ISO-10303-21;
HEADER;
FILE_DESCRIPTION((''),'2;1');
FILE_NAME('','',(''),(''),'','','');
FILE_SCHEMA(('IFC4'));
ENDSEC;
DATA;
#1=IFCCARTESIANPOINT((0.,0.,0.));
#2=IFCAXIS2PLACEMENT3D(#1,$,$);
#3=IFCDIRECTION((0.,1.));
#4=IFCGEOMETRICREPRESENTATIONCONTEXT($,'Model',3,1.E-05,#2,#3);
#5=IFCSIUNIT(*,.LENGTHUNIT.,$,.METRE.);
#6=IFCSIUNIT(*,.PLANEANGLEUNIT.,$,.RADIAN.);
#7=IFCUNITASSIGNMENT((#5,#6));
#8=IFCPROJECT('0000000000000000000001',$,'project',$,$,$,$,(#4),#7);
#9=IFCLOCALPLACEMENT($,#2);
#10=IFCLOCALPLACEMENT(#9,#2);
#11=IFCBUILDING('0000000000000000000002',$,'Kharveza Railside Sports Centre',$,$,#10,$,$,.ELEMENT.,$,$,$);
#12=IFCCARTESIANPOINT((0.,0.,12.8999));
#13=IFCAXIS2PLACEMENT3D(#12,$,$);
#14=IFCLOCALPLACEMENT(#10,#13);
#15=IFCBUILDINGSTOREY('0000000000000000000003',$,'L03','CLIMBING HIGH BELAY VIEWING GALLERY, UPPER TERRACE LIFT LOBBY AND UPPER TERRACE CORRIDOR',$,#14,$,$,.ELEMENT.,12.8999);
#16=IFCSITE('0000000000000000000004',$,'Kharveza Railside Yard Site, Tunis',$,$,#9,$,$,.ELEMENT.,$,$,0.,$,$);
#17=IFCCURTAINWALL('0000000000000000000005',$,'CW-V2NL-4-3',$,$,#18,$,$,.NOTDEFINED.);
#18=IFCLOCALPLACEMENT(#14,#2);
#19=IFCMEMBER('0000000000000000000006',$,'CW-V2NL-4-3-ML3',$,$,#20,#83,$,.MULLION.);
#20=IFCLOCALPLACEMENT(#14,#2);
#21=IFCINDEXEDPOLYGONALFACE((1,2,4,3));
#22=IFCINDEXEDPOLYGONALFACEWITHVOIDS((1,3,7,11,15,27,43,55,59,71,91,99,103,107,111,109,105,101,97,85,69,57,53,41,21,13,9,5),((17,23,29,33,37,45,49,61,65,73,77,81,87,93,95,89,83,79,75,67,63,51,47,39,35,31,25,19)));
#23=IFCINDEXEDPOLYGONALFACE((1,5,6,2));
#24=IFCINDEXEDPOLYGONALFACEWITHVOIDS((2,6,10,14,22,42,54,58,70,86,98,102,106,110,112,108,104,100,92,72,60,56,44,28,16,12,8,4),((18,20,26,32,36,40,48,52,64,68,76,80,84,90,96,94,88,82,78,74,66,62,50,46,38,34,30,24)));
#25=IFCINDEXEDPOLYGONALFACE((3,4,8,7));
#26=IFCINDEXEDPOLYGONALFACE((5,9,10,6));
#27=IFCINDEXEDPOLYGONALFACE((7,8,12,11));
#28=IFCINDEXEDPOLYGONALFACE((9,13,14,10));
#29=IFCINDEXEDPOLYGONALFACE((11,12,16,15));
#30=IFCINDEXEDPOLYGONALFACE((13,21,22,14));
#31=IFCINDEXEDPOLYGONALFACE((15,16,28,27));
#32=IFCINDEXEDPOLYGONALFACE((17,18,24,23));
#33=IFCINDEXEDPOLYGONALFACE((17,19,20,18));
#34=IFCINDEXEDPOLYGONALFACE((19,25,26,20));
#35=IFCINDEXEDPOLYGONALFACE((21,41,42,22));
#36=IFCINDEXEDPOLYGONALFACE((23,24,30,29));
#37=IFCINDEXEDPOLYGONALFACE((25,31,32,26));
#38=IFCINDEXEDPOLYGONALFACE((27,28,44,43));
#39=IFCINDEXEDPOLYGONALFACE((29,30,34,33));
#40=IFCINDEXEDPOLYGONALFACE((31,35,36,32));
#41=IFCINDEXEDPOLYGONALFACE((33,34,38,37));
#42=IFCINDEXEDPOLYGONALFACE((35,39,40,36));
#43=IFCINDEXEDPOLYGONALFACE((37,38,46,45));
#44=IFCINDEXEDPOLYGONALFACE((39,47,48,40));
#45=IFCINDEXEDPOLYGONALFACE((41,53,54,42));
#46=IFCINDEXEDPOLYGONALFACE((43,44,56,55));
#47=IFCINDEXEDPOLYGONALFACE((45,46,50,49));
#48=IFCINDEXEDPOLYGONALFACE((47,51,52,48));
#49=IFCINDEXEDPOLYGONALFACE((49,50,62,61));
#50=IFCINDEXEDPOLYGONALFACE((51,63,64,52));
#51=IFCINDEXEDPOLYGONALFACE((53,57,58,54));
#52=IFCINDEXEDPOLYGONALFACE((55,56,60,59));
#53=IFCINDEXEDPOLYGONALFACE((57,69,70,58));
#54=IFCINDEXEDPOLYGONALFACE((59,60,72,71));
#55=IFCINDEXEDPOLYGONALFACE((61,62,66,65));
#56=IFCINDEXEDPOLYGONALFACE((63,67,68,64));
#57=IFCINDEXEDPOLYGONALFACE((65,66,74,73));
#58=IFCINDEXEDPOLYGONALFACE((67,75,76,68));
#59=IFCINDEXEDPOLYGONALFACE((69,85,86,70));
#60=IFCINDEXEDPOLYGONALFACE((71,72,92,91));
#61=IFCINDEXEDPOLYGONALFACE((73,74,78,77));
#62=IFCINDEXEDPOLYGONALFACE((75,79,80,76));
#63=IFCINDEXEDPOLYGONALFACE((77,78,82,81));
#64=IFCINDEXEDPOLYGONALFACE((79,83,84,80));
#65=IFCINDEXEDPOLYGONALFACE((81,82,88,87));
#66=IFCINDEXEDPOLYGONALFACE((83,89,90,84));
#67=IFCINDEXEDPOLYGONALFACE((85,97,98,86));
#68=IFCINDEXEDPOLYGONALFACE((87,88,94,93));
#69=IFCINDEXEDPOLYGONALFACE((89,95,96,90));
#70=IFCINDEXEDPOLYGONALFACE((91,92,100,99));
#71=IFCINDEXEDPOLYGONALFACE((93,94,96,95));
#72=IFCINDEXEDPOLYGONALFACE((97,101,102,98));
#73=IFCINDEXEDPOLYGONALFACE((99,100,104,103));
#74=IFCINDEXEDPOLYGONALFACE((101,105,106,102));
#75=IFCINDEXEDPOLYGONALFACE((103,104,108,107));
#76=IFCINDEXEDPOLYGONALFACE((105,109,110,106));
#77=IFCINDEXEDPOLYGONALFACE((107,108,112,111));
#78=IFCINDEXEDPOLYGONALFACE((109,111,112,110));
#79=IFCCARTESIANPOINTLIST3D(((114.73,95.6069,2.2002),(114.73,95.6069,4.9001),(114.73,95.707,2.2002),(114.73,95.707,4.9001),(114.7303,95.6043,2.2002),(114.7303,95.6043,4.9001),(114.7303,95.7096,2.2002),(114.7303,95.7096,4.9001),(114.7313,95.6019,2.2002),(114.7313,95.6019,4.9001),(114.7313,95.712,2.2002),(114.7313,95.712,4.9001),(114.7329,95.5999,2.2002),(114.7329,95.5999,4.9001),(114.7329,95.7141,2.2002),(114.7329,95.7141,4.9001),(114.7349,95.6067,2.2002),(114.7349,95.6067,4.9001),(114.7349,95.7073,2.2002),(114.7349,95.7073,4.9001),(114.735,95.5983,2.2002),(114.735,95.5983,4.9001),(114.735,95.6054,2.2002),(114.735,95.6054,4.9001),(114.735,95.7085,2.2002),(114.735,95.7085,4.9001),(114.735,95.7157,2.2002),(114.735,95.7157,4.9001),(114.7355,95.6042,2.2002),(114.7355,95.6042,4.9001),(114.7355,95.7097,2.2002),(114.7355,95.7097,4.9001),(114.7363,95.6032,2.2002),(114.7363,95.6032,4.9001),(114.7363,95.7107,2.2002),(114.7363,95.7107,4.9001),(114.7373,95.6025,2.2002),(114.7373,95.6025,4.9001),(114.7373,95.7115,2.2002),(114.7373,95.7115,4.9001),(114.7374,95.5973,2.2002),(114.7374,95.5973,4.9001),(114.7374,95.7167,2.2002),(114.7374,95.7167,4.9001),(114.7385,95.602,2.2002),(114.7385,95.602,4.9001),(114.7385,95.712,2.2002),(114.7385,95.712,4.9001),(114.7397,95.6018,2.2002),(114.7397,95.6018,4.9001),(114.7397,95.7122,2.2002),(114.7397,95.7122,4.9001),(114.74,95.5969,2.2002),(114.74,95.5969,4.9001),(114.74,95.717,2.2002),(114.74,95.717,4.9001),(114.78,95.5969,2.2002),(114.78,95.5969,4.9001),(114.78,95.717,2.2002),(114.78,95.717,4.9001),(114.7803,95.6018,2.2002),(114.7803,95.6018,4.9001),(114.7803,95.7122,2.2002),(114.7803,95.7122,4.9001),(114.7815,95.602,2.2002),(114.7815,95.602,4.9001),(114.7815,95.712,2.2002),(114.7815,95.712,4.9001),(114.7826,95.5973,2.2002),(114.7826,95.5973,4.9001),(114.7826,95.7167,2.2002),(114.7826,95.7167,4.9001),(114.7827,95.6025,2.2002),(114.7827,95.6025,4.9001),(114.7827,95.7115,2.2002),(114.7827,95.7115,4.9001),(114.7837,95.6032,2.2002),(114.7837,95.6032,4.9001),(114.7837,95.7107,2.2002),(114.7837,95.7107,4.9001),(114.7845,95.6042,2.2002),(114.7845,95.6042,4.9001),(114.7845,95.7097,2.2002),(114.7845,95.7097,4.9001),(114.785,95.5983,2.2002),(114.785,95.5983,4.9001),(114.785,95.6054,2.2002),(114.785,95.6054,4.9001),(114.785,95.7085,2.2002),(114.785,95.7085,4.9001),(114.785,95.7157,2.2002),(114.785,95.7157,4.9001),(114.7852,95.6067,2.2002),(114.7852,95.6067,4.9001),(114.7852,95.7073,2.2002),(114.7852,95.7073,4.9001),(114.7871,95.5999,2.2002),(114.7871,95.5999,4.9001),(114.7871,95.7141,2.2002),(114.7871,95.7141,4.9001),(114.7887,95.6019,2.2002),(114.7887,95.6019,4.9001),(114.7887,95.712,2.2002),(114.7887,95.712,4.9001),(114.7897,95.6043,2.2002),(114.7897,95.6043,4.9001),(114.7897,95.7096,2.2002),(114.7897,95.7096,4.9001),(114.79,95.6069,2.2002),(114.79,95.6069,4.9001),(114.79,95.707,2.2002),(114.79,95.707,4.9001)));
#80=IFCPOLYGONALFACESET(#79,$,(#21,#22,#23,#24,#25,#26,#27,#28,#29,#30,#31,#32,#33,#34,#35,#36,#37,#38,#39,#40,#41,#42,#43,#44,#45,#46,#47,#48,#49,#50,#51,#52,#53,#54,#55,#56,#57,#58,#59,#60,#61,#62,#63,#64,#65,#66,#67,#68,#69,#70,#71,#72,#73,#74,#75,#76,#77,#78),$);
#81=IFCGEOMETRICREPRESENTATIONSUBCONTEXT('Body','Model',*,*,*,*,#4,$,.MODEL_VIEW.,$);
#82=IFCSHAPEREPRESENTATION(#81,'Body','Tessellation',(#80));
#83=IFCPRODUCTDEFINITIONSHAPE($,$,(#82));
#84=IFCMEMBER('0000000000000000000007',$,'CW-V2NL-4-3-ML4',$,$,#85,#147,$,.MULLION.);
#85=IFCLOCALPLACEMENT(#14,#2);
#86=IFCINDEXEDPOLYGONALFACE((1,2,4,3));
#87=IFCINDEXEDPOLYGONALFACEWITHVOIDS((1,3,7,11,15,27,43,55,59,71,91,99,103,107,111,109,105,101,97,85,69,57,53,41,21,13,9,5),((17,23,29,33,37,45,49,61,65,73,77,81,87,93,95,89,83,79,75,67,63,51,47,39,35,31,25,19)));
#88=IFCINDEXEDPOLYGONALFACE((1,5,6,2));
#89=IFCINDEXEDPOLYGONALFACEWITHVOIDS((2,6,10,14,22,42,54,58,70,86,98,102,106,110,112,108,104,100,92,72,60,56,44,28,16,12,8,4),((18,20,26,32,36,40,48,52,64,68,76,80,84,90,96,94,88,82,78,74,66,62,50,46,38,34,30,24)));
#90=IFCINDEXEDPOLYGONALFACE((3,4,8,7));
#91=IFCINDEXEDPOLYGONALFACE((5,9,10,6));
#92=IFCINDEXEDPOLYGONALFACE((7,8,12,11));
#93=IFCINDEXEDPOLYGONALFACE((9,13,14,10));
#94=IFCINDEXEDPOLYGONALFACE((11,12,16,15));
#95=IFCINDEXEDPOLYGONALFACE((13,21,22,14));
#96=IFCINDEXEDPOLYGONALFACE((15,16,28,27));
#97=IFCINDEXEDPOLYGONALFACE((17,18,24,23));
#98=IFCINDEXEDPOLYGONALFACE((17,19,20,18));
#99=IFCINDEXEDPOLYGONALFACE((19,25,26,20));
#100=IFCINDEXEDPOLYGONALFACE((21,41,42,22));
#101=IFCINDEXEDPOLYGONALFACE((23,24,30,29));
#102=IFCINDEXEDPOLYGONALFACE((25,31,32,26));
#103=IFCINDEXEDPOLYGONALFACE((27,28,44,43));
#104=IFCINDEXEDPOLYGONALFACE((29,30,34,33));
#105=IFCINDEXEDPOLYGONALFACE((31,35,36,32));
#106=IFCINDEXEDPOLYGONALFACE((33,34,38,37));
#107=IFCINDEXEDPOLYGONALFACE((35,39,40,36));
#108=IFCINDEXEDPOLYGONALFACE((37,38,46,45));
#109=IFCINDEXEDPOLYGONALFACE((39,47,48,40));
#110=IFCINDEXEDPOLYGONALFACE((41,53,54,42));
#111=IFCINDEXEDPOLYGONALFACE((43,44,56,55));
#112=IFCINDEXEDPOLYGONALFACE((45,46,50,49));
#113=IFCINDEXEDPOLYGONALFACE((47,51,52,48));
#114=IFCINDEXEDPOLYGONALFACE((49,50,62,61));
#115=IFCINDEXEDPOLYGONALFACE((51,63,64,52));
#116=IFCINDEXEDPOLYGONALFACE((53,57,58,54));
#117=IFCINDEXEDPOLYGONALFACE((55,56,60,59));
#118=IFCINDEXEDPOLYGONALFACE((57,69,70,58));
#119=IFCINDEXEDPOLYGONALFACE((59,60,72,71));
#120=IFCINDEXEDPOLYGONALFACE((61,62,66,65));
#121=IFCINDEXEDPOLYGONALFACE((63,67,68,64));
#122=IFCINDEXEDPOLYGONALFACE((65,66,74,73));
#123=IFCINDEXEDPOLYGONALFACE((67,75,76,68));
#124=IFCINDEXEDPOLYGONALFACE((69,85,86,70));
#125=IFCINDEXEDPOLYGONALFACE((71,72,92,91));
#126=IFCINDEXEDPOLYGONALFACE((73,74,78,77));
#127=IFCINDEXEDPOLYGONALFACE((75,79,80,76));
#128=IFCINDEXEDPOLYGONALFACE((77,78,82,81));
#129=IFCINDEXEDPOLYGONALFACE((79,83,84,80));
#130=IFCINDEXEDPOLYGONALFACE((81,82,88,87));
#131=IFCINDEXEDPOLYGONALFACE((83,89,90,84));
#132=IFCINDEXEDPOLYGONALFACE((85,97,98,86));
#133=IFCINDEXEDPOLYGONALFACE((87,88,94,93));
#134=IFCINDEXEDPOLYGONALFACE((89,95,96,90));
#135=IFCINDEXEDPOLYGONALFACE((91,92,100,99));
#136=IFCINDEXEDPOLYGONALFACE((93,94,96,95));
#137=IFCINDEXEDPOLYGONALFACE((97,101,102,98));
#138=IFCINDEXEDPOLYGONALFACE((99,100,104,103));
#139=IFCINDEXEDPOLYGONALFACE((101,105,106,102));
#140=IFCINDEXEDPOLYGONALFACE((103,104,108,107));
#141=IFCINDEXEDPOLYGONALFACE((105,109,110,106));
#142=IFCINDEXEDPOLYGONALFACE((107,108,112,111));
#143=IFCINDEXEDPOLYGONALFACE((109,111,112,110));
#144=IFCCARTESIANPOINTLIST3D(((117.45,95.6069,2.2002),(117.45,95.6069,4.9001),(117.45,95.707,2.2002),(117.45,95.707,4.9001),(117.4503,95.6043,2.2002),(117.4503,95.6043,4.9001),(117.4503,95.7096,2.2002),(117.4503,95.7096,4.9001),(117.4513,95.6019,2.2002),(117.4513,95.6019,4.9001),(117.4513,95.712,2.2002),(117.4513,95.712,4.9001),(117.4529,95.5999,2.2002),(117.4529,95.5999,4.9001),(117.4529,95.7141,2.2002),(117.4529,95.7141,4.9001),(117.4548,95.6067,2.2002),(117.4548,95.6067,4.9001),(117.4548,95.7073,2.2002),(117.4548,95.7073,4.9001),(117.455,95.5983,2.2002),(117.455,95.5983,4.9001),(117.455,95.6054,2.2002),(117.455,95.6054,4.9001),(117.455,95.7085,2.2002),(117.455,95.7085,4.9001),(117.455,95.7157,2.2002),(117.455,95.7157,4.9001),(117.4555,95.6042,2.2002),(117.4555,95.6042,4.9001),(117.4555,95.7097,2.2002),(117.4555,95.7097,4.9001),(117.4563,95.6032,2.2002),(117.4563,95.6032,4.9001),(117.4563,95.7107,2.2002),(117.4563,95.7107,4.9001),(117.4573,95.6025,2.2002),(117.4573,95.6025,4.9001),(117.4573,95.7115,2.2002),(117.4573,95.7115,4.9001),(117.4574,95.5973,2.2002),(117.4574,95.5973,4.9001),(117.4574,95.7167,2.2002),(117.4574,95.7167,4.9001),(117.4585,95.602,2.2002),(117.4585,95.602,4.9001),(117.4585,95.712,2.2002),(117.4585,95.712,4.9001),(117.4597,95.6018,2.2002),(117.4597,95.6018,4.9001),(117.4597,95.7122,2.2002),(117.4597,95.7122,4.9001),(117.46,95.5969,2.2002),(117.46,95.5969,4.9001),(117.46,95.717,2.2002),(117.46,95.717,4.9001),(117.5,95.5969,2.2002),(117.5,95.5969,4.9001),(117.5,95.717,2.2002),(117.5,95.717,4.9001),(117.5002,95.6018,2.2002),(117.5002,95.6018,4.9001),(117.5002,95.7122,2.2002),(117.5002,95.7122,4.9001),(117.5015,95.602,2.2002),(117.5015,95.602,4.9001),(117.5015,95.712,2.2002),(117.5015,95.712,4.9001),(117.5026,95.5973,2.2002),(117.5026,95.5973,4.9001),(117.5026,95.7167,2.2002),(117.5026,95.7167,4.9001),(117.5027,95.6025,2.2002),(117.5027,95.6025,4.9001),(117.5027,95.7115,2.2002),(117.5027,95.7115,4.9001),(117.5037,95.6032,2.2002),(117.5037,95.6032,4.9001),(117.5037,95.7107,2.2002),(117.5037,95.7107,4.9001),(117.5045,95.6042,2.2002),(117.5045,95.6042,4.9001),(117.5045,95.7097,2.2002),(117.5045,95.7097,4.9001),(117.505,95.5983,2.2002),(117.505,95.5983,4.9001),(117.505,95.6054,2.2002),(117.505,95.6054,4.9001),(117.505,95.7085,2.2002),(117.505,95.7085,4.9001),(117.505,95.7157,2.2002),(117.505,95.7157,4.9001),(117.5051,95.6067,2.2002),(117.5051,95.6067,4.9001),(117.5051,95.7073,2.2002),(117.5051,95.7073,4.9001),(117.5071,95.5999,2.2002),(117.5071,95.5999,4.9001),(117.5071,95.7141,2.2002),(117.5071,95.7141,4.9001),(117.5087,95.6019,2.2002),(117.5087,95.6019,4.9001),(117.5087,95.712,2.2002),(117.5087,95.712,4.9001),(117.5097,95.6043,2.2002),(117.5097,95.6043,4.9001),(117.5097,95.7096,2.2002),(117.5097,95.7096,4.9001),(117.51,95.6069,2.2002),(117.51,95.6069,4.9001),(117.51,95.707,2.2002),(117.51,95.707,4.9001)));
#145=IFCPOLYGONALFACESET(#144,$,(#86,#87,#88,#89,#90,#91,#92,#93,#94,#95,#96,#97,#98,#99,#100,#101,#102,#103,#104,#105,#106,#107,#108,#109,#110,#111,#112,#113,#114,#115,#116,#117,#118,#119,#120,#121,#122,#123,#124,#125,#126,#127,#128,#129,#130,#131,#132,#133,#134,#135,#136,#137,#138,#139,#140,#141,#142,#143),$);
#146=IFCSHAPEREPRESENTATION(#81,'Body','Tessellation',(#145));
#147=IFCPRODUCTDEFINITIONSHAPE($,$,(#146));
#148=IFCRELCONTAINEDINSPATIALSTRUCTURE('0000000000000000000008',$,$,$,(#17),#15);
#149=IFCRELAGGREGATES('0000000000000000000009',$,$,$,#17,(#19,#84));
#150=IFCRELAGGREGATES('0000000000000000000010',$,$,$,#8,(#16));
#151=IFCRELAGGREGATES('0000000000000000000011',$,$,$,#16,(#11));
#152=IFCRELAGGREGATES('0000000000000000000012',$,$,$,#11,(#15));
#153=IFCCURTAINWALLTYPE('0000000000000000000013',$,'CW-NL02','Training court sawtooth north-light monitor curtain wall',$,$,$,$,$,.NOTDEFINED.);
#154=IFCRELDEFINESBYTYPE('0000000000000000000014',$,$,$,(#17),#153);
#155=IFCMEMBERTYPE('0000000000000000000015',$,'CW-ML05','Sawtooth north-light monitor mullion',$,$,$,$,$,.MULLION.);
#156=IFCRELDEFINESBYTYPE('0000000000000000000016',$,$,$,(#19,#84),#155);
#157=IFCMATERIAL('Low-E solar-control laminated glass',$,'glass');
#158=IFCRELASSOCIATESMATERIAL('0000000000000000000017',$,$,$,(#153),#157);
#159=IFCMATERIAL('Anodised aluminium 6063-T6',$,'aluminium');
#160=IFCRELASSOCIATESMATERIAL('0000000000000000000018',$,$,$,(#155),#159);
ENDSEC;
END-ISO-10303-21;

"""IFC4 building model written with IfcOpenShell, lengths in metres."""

from ifc_helpers import new_model, si_unit, direction, frame, origin, origin_2d, place, context, subcontext, project, spatial, hollow_rectangle, extrude, material, material_profile, profile_set, type_object, element, aggregate, save


model = new_model("IFC4")

# Units and contexts
model_context = context("Model", 3, precision=1e-05, world=origin(), true_north=direction((0.0, 1.0)))
body_context = subcontext(model_context, "Body", "Model", "MODEL_VIEW")
ifc_project = project(units=[si_unit("LENGTHUNIT", "METRE"), si_unit("PLANEANGLEUNIT", "RADIAN")], contexts=[model_context])

# Site, building, storey
site_placement = place(None, origin())
site = spatial("IfcSite", under=ifc_project, at=site_placement, Name="Kharveza Railside Yard Site, Tunis", CompositionType="ELEMENT", RefElevation=0.0)
building_placement = place(site_placement, origin())
building = spatial("IfcBuilding", under=site, at=building_placement, Name="Kharveza Railside Sports Centre", CompositionType="ELEMENT")
storey_placement = place(building_placement, frame((0.0, 0.0, 12.8999)))
storey = spatial("IfcBuildingStorey", under=building, at=storey_placement, Name="L03", Description="CLIMBING HIGH BELAY VIEWING GALLERY, UPPER TERRACE LIFT LOBBY AND UPPER TERRACE CORRIDOR", CompositionType="ELEMENT", Elevation=12.8999)

# Curtain wall, members
ifc_material_1 = material(Name="Low-E solar-control laminated glass", Category="glass")
curtain_wall_type = type_object("IfcCurtainWallType", Name="CW-NL02", Description="Training court sawtooth north-light monitor curtain wall", PredefinedType="NOTDEFINED", material=ifc_material_1)
ifc_material_2 = material(Name="Anodised aluminium 6063-T6", Category="aluminium")
ifc_material_profile_1 = material_profile(ifc_material_2, hollow_rectangle(XDim=0.0601, YDim=0.1201, WallThickness=0.0049, InnerFilletRadius=0.0049, OuterFilletRadius=0.01, at=origin_2d()), Name="RHS 60x120x5.0")
ifc_profile_set_1 = profile_set([ifc_material_profile_1], Name="Anodised aluminium 6063-T6")
member_type_1 = type_object("IfcMemberType", Name="CW-ML05", Description="Sawtooth north-light monitor mullion", PredefinedType="MULLION", material=ifc_profile_set_1)
curtain_wall_1_placement = place(storey_placement, origin())
curtain_wall_1 = element("IfcCurtainWall", 1, at=curtain_wall_1_placement, inside=storey, type_object=curtain_wall_type, Name="CW-V2NL-4-3", PredefinedType="NOTDEFINED")
member_1_placement = place(storey_placement, frame((114.76, 95.657, 2.2002), z_axis=(0.0, 0.0, 1.0), x_axis=(1.0, 0.0, 0.0)))
member_1 = element("IfcMember", 2, at=member_1_placement, type_object=member_type_1, Name="CW-V2NL-4-3-ML3", PredefinedType="MULLION", context=body_context, shape_type="SweptSolid", body=[
    extrude(hollow_rectangle(XDim=0.0601, YDim=0.1201, WallThickness=0.0049, InnerFilletRadius=0.0049, OuterFilletRadius=0.01, at=origin_2d()), origin(), (0.0, 0.0, 1.0), 2.7),
])
member_2_placement = place(storey_placement, frame((117.48, 95.657, 2.2002), z_axis=(0.0, 0.0, 1.0), x_axis=(1.0, 0.0, 0.0)))
member_2 = element("IfcMember", 3, at=member_2_placement, type_object=member_type_1, Name="CW-V2NL-4-3-ML4", PredefinedType="MULLION", context=body_context, shape_type="SweptSolid", body=[
    extrude(hollow_rectangle(XDim=0.0601, YDim=0.1201, WallThickness=0.0049, InnerFilletRadius=0.0049, OuterFilletRadius=0.01, at=origin_2d()), origin(), (0.0, 0.0, 1.0), 2.7),
])

aggregate(curtain_wall_1, [member_1, member_2])

save(model, "model.ifc")
